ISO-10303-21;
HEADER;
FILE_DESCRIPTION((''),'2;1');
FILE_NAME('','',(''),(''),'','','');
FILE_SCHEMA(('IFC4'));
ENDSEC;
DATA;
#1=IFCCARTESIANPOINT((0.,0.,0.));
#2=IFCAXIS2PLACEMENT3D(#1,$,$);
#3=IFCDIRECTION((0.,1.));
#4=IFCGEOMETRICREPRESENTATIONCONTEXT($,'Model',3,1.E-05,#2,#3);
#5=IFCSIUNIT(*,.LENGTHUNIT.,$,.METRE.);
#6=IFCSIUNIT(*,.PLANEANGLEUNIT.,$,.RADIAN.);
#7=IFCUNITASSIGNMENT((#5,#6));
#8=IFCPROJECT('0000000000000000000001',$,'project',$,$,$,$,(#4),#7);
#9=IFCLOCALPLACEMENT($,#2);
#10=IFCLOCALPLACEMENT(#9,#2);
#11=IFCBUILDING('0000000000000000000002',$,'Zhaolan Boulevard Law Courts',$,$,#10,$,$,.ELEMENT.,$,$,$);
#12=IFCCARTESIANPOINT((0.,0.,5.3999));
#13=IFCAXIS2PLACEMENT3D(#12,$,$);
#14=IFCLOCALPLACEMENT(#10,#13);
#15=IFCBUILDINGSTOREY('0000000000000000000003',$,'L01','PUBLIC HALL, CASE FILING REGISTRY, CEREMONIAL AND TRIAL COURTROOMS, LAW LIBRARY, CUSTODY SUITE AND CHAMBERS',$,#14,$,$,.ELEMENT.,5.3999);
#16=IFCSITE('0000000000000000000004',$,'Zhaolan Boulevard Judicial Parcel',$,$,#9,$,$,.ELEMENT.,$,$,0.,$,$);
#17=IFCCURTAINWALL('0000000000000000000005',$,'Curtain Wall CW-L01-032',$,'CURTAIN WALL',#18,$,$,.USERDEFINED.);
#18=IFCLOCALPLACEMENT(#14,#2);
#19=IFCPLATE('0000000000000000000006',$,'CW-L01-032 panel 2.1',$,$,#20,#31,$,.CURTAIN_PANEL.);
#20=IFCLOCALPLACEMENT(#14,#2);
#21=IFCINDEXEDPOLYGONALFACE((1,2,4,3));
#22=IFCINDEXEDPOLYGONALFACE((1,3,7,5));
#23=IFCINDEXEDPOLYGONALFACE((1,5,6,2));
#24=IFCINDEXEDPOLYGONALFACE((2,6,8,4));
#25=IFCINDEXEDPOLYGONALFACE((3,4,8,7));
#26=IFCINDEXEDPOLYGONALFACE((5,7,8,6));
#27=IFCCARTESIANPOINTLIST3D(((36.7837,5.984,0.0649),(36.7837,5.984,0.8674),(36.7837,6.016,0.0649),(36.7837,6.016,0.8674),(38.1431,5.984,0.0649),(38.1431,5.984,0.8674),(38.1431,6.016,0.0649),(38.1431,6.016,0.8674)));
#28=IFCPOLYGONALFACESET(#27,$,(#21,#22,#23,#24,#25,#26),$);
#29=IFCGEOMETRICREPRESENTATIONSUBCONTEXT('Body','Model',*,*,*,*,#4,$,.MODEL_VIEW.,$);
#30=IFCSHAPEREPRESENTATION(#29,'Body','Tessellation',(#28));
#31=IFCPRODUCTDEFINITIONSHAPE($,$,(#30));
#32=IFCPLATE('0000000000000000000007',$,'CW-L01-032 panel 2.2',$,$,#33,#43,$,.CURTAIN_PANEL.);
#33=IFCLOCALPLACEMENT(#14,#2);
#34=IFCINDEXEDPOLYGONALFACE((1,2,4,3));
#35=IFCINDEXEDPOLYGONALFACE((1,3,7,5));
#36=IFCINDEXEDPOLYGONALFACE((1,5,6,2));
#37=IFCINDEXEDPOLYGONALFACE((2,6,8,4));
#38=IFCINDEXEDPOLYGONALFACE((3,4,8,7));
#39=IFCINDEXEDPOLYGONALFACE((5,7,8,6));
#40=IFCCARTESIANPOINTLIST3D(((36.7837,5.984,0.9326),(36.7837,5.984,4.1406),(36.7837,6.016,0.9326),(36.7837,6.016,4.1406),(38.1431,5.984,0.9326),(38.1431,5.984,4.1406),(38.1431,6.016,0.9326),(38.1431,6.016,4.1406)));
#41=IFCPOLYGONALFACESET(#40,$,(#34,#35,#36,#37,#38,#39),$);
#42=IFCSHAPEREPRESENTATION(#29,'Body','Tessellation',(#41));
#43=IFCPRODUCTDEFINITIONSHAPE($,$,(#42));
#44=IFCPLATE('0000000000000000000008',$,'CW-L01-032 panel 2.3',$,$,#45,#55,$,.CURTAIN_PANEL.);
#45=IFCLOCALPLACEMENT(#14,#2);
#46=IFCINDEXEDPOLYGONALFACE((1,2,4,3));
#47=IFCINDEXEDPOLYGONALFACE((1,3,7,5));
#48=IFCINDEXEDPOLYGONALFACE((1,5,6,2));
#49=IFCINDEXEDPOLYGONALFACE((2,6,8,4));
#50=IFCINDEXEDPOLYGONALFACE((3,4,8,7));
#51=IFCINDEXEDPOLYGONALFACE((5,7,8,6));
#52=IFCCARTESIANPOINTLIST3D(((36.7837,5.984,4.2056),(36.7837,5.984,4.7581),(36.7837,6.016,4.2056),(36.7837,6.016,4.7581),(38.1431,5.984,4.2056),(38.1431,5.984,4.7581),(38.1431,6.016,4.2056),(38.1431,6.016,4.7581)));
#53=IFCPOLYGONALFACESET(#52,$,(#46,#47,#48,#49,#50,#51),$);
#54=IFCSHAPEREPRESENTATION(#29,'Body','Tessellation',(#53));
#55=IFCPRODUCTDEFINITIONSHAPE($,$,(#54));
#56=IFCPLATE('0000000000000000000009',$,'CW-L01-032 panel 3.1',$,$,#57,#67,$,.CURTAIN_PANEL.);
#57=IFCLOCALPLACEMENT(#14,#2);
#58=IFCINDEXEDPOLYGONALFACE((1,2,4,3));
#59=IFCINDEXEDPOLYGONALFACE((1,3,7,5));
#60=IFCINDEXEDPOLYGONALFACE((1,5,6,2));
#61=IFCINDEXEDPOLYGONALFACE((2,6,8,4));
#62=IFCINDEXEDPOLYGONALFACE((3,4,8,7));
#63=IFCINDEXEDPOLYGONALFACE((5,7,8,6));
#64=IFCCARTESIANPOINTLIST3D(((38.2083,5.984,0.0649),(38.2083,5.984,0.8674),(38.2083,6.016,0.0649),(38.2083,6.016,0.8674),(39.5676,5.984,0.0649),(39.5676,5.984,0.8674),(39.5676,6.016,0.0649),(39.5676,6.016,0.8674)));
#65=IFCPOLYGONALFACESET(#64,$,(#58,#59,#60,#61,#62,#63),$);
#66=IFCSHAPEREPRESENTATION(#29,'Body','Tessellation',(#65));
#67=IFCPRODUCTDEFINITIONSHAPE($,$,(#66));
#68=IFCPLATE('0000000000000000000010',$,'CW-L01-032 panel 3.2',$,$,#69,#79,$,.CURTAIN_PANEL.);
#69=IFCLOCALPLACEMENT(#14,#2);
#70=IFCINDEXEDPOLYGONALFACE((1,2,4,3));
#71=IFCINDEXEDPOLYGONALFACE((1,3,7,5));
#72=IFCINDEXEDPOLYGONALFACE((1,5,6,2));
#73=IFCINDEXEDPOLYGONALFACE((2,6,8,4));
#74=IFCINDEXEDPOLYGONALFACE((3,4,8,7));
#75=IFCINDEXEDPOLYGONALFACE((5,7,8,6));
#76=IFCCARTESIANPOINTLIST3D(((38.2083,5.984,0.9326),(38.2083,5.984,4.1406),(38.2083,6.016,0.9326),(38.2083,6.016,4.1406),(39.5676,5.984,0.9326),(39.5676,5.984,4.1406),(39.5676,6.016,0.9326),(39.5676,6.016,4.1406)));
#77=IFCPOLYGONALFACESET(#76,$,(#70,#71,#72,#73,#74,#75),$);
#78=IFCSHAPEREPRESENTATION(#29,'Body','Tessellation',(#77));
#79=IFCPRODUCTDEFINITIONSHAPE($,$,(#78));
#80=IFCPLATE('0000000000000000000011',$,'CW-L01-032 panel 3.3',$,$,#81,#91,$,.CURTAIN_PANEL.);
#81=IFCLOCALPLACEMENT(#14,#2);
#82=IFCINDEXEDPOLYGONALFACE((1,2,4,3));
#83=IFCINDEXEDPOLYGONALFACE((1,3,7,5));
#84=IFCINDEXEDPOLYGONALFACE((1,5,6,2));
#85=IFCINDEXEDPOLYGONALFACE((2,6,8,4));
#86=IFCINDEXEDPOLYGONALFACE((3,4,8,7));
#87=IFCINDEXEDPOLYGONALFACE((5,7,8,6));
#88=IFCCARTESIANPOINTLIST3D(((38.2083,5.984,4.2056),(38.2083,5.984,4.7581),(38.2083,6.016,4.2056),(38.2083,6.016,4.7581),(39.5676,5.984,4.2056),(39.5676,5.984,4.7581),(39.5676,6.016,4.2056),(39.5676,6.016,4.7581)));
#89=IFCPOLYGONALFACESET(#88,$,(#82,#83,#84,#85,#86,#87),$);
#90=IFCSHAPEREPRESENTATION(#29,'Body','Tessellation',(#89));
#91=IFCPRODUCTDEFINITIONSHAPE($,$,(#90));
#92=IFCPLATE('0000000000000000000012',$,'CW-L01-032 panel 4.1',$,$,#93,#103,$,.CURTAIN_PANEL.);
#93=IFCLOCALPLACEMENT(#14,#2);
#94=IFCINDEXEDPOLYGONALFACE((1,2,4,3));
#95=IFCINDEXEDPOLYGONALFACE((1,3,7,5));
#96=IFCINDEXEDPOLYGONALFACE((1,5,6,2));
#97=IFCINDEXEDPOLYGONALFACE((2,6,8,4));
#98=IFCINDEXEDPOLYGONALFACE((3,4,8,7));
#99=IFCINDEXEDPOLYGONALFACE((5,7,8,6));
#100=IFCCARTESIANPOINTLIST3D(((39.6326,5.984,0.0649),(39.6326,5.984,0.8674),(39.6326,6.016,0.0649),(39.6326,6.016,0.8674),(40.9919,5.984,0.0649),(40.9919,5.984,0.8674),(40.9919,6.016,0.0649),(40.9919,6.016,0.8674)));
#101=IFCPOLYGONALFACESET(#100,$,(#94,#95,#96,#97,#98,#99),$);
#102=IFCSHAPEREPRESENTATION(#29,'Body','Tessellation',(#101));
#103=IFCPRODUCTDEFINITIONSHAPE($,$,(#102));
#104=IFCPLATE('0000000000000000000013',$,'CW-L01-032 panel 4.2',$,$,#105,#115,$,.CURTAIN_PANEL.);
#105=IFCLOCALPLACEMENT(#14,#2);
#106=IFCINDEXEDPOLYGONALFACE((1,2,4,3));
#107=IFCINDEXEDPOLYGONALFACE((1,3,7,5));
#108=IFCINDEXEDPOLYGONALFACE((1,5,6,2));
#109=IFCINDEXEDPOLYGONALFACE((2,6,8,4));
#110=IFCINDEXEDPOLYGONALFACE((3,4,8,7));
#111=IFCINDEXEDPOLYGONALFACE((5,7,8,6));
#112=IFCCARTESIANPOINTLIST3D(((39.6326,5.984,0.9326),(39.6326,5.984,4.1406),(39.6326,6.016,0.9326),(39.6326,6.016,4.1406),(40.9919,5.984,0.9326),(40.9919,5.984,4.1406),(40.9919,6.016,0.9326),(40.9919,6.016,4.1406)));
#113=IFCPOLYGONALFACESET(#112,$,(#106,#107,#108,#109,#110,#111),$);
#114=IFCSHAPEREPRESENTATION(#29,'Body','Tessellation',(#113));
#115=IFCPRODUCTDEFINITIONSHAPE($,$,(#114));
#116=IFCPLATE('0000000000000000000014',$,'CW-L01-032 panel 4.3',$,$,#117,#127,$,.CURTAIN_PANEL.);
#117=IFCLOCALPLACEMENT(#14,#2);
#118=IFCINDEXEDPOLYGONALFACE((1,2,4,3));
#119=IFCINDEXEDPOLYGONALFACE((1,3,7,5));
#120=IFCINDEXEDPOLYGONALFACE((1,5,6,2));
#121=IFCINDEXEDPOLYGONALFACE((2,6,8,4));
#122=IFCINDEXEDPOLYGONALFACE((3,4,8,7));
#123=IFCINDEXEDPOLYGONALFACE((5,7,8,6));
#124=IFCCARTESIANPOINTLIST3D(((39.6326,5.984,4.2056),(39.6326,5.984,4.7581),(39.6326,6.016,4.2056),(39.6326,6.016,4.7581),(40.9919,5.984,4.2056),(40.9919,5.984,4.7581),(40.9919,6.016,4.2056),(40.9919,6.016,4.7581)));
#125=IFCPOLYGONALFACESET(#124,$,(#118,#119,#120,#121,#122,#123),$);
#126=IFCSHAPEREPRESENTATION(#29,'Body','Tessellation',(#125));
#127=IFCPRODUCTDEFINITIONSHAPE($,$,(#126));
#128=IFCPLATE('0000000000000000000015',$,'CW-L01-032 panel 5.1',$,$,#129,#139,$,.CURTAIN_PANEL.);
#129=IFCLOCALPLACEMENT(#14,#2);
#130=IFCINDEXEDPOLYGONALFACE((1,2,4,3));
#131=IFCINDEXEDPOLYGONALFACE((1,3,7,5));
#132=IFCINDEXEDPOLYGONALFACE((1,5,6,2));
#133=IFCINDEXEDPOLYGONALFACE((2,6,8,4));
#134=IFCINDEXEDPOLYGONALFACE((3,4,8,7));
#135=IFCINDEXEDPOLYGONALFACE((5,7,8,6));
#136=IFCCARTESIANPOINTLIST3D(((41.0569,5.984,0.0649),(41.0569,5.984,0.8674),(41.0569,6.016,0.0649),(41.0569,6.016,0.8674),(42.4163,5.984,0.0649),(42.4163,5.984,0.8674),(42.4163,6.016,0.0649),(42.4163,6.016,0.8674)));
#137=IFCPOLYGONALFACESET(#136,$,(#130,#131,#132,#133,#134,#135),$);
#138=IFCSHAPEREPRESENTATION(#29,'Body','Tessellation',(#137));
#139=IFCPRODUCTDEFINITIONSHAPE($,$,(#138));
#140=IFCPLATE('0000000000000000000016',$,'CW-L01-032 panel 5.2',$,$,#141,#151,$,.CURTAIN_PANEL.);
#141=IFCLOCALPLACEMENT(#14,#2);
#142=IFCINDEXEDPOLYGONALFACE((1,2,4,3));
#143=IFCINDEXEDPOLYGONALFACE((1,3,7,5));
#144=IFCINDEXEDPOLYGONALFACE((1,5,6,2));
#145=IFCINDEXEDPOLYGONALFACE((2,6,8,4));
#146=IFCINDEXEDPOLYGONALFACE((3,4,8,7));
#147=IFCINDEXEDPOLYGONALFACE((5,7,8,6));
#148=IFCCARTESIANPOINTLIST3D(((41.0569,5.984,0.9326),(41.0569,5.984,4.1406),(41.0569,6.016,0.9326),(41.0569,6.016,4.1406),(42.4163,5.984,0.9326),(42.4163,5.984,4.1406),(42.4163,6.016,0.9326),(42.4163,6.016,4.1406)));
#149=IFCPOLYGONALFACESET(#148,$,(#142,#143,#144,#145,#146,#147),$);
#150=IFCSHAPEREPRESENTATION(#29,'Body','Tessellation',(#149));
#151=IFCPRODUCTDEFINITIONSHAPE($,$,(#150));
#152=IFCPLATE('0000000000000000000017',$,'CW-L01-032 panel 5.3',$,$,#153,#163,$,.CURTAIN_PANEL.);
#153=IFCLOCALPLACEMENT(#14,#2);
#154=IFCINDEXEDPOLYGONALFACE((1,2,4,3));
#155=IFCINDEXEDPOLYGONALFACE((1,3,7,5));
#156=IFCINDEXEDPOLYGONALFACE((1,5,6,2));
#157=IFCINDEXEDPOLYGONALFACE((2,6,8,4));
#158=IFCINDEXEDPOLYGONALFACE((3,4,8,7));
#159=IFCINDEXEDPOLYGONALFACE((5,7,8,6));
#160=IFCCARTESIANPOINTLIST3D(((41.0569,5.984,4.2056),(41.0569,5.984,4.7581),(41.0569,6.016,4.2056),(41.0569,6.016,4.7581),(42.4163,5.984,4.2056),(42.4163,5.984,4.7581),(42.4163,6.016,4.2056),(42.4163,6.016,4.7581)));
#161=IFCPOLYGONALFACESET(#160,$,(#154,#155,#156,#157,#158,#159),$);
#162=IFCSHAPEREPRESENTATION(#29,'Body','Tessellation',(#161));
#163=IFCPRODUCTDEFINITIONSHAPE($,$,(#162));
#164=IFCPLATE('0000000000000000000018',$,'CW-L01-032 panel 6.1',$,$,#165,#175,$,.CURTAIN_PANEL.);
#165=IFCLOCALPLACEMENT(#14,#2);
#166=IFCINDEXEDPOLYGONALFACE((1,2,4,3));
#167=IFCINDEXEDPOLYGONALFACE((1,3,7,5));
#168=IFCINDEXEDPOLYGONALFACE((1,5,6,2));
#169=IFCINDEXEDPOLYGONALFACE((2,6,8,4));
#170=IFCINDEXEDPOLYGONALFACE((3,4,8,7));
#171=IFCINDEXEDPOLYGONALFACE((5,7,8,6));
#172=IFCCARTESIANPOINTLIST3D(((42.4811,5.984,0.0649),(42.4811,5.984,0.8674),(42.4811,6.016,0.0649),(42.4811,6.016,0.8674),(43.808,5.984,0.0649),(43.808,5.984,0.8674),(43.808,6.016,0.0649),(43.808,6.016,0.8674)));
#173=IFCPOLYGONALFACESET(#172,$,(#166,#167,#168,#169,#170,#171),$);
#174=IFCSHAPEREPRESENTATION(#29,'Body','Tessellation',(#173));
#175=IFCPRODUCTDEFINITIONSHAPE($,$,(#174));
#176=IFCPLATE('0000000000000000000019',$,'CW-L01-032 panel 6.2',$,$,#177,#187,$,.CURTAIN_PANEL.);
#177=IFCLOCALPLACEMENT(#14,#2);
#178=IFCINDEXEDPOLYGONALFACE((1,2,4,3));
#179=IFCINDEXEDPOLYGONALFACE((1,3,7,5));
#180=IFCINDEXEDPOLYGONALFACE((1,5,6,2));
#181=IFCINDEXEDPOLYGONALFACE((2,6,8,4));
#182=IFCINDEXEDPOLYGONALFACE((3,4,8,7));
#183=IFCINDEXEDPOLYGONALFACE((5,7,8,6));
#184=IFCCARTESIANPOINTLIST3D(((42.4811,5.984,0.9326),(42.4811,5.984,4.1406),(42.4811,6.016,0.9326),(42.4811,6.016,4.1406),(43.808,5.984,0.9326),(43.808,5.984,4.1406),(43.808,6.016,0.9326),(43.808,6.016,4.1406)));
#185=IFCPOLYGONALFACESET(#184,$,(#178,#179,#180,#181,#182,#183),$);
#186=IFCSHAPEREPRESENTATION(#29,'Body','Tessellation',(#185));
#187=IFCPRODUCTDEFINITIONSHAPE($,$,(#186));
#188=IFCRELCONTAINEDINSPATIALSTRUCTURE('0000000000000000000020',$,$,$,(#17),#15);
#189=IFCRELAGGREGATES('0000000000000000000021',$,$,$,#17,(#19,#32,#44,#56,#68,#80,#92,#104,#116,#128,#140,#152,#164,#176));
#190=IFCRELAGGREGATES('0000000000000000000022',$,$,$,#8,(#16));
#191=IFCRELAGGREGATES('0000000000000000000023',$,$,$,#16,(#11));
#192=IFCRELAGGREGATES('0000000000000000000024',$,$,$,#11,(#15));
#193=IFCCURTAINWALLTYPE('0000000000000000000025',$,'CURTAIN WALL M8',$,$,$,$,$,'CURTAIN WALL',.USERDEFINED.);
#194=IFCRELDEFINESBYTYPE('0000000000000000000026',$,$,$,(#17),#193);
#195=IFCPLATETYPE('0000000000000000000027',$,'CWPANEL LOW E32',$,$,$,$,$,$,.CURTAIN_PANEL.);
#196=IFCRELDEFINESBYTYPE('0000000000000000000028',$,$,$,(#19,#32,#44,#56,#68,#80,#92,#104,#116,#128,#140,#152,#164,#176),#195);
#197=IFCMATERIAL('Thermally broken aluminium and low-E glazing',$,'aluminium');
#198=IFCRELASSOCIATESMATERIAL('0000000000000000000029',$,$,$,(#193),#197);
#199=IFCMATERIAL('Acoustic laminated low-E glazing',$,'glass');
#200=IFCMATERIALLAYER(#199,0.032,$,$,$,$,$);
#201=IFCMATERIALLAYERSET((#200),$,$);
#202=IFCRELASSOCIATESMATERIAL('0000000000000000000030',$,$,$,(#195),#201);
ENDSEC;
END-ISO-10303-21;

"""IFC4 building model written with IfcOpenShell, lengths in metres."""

from ifc_helpers import new_model, si_unit, direction, frame, origin, origin_2d, place, context, subcontext, project, spatial, rectangle, extrude, material, layer, layer_set, type_object, element, aggregate, save


model = new_model("IFC4")

# Units and contexts
model_context = context("Model", 3, precision=1e-05, world=origin(), true_north=direction((0.0, 1.0)))
body_context = subcontext(model_context, "Body", "Model", "MODEL_VIEW")
ifc_project = project(units=[si_unit("LENGTHUNIT", "METRE"), si_unit("PLANEANGLEUNIT", "RADIAN")], contexts=[model_context])

# Site, building, storey
site_placement = place(None, origin())
site = spatial("IfcSite", under=ifc_project, at=site_placement, Name="Zhaolan Boulevard Judicial Parcel", CompositionType="ELEMENT", RefElevation=0.0)
building_placement = place(site_placement, origin())
building = spatial("IfcBuilding", under=site, at=building_placement, Name="Zhaolan Boulevard Law Courts", CompositionType="ELEMENT")
storey_placement = place(building_placement, frame((0.0, 0.0, 5.3999)))
storey = spatial("IfcBuildingStorey", under=building, at=storey_placement, Name="L01", Description="PUBLIC HALL, CASE FILING REGISTRY, CEREMONIAL AND TRIAL COURTROOMS, LAW LIBRARY, CUSTODY SUITE AND CHAMBERS", CompositionType="ELEMENT", Elevation=5.3999)

# Curtain wall
ifc_material_1 = material(Name="Thermally broken aluminium and low-E glazing", Category="aluminium")
curtain_wall_type = type_object("IfcCurtainWallType", Name="CURTAIN WALL M8", ElementType="CURTAIN WALL", PredefinedType="USERDEFINED", material=ifc_material_1)
curtain_wall_placement = place(storey_placement, origin())
curtain_wall = element("IfcCurtainWall", 1, at=curtain_wall_placement, inside=storey, type_object=curtain_wall_type, Name="Curtain Wall CW-L01-032", ObjectType="CURTAIN WALL", PredefinedType="USERDEFINED")

# Plates
ifc_material_2 = material(Name="Acoustic laminated low-E glazing", Category="glass")
ifc_layer = layer(ifc_material_2, 0.032)
ifc_layer_set = layer_set([ifc_layer])
plate_type = type_object("IfcPlateType", Name="CWPANEL LOW E32", PredefinedType="CURTAIN_PANEL", material=ifc_layer_set)
plate_1_placement = place(storey_placement, frame((37.4634, 6.0, 0.0649), z_axis=(0.0, 0.0, 1.0), x_axis=(1.0, 0.0, 0.0)))
plate_1 = element("IfcPlate", 2, at=plate_1_placement, type_object=plate_type, Name="CW-L01-032 panel 2.1", PredefinedType="CURTAIN_PANEL", context=body_context, shape_type="SweptSolid", body=[
    extrude(rectangle(XDim=1.3594, YDim=0.032, at=origin_2d()), origin(), (0.0, 0.0, 1.0), 0.8025),
])
plate_2_placement = place(storey_placement, frame((37.4634, 6.0, 0.9326), z_axis=(0.0, 0.0, 1.0), x_axis=(1.0, 0.0, 0.0)))
plate_2 = element("IfcPlate", 3, at=plate_2_placement, type_object=plate_type, Name="CW-L01-032 panel 2.2", PredefinedType="CURTAIN_PANEL", context=body_context, shape_type="SweptSolid", body=[
    extrude(rectangle(XDim=1.3594, YDim=0.032, at=origin_2d()), origin(), (0.0, 0.0, 1.0), 3.208),
])
plate_3_placement = place(storey_placement, frame((37.4634, 6.0, 4.2056), z_axis=(0.0, 0.0, 1.0), x_axis=(1.0, 0.0, 0.0)))
plate_3 = element("IfcPlate", 4, at=plate_3_placement, type_object=plate_type, Name="CW-L01-032 panel 2.3", PredefinedType="CURTAIN_PANEL", context=body_context, shape_type="SweptSolid", body=[
    extrude(rectangle(XDim=1.3594, YDim=0.032, at=origin_2d()), origin(), (0.0, 0.0, 1.0), 0.5525),
])
plate_4_placement = place(storey_placement, frame((38.8879, 6.0, 0.0649), z_axis=(0.0, 0.0, 1.0), x_axis=(1.0, 0.0, 0.0)))
plate_4 = element("IfcPlate", 5, at=plate_4_placement, type_object=plate_type, Name="CW-L01-032 panel 3.1", PredefinedType="CURTAIN_PANEL", context=body_context, shape_type="SweptSolid", body=[
    extrude(rectangle(XDim=1.3594, YDim=0.032, at=origin_2d()), origin(), (0.0, 0.0, 1.0), 0.8025),
])
plate_5_placement = place(storey_placement, frame((38.8879, 6.0, 0.9326), z_axis=(0.0, 0.0, 1.0), x_axis=(1.0, 0.0, 0.0)))
plate_5 = element("IfcPlate", 6, at=plate_5_placement, type_object=plate_type, Name="CW-L01-032 panel 3.2", PredefinedType="CURTAIN_PANEL", context=body_context, shape_type="SweptSolid", body=[
    extrude(rectangle(XDim=1.3594, YDim=0.032, at=origin_2d()), origin(), (0.0, 0.0, 1.0), 3.208),
])
plate_6_placement = place(storey_placement, frame((38.8879, 6.0, 4.2056), z_axis=(0.0, 0.0, 1.0), x_axis=(1.0, 0.0, 0.0)))
plate_6 = element("IfcPlate", 7, at=plate_6_placement, type_object=plate_type, Name="CW-L01-032 panel 3.3", PredefinedType="CURTAIN_PANEL", context=body_context, shape_type="SweptSolid", body=[
    extrude(rectangle(XDim=1.3594, YDim=0.032, at=origin_2d()), origin(), (0.0, 0.0, 1.0), 0.5525),
])
plate_7_placement = place(storey_placement, frame((40.3123, 6.0, 0.0649), z_axis=(0.0, 0.0, 1.0), x_axis=(1.0, 0.0, 0.0)))
plate_7 = element("IfcPlate", 8, at=plate_7_placement, type_object=plate_type, Name="CW-L01-032 panel 4.1", PredefinedType="CURTAIN_PANEL", context=body_context, shape_type="SweptSolid", body=[
    extrude(rectangle(XDim=1.3594, YDim=0.032, at=origin_2d()), origin(), (0.0, 0.0, 1.0), 0.8025),
])
plate_8_placement = place(storey_placement, frame((40.3123, 6.0, 0.9326), z_axis=(0.0, 0.0, 1.0), x_axis=(1.0, 0.0, 0.0)))
plate_8 = element("IfcPlate", 9, at=plate_8_placement, type_object=plate_type, Name="CW-L01-032 panel 4.2", PredefinedType="CURTAIN_PANEL", context=body_context, shape_type="SweptSolid", body=[
    extrude(rectangle(XDim=1.3594, YDim=0.032, at=origin_2d()), origin(), (0.0, 0.0, 1.0), 3.208),
])
plate_9_placement = place(storey_placement, frame((40.3123, 6.0, 4.2056), z_axis=(0.0, 0.0, 1.0), x_axis=(1.0, 0.0, 0.0)))
plate_9 = element("IfcPlate", 10, at=plate_9_placement, type_object=plate_type, Name="CW-L01-032 panel 4.3", PredefinedType="CURTAIN_PANEL", context=body_context, shape_type="SweptSolid", body=[
    extrude(rectangle(XDim=1.3594, YDim=0.032, at=origin_2d()), origin(), (0.0, 0.0, 1.0), 0.5525),
])
plate_10_placement = place(storey_placement, frame((41.7366, 6.0, 0.0649), z_axis=(0.0, 0.0, 1.0), x_axis=(1.0, 0.0, 0.0)))
plate_10 = element("IfcPlate", 11, at=plate_10_placement, type_object=plate_type, Name="CW-L01-032 panel 5.1", PredefinedType="CURTAIN_PANEL", context=body_context, shape_type="SweptSolid", body=[
    extrude(rectangle(XDim=1.3594, YDim=0.032, at=origin_2d()), origin(), (0.0, 0.0, 1.0), 0.8025),
])
plate_11_placement = place(storey_placement, frame((41.7366, 6.0, 0.9326), z_axis=(0.0, 0.0, 1.0), x_axis=(1.0, 0.0, 0.0)))
plate_11 = element("IfcPlate", 12, at=plate_11_placement, type_object=plate_type, Name="CW-L01-032 panel 5.2", PredefinedType="CURTAIN_PANEL", context=body_context, shape_type="SweptSolid", body=[
    extrude(rectangle(XDim=1.3594, YDim=0.032, at=origin_2d()), origin(), (0.0, 0.0, 1.0), 3.208),
])
plate_12_placement = place(storey_placement, frame((41.7366, 6.0, 4.2056), z_axis=(0.0, 0.0, 1.0), x_axis=(1.0, 0.0, 0.0)))
plate_12 = element("IfcPlate", 13, at=plate_12_placement, type_object=plate_type, Name="CW-L01-032 panel 5.3", PredefinedType="CURTAIN_PANEL", context=body_context, shape_type="SweptSolid", body=[
    extrude(rectangle(XDim=1.3594, YDim=0.032, at=origin_2d()), origin(), (0.0, 0.0, 1.0), 0.5525),
])
plate_13_placement = place(storey_placement, frame((43.1445, 6.0, 0.0649), z_axis=(0.0, 0.0, 1.0), x_axis=(1.0, 0.0, 0.0)))
plate_13 = element("IfcPlate", 14, at=plate_13_placement, type_object=plate_type, Name="CW-L01-032 panel 6.1", PredefinedType="CURTAIN_PANEL", context=body_context, shape_type="SweptSolid", body=[
    extrude(rectangle(XDim=1.3269, YDim=0.032, at=origin_2d()), origin(), (0.0, 0.0, 1.0), 0.8025),
])
plate_14_placement = place(storey_placement, frame((43.1445, 6.0, 0.9326), z_axis=(0.0, 0.0, 1.0), x_axis=(1.0, 0.0, 0.0)))
plate_14 = element("IfcPlate", 15, at=plate_14_placement, type_object=plate_type, Name="CW-L01-032 panel 6.2", PredefinedType="CURTAIN_PANEL", context=body_context, shape_type="SweptSolid", body=[
    extrude(rectangle(XDim=1.3269, YDim=0.032, at=origin_2d()), origin(), (0.0, 0.0, 1.0), 3.208),
])
aggregate(curtain_wall, [plate_1, plate_2, plate_3, plate_4, plate_5, plate_6, plate_7, plate_8, plate_9, plate_10, plate_11, plate_12, plate_13, plate_14])

save(model, "model.ifc")
